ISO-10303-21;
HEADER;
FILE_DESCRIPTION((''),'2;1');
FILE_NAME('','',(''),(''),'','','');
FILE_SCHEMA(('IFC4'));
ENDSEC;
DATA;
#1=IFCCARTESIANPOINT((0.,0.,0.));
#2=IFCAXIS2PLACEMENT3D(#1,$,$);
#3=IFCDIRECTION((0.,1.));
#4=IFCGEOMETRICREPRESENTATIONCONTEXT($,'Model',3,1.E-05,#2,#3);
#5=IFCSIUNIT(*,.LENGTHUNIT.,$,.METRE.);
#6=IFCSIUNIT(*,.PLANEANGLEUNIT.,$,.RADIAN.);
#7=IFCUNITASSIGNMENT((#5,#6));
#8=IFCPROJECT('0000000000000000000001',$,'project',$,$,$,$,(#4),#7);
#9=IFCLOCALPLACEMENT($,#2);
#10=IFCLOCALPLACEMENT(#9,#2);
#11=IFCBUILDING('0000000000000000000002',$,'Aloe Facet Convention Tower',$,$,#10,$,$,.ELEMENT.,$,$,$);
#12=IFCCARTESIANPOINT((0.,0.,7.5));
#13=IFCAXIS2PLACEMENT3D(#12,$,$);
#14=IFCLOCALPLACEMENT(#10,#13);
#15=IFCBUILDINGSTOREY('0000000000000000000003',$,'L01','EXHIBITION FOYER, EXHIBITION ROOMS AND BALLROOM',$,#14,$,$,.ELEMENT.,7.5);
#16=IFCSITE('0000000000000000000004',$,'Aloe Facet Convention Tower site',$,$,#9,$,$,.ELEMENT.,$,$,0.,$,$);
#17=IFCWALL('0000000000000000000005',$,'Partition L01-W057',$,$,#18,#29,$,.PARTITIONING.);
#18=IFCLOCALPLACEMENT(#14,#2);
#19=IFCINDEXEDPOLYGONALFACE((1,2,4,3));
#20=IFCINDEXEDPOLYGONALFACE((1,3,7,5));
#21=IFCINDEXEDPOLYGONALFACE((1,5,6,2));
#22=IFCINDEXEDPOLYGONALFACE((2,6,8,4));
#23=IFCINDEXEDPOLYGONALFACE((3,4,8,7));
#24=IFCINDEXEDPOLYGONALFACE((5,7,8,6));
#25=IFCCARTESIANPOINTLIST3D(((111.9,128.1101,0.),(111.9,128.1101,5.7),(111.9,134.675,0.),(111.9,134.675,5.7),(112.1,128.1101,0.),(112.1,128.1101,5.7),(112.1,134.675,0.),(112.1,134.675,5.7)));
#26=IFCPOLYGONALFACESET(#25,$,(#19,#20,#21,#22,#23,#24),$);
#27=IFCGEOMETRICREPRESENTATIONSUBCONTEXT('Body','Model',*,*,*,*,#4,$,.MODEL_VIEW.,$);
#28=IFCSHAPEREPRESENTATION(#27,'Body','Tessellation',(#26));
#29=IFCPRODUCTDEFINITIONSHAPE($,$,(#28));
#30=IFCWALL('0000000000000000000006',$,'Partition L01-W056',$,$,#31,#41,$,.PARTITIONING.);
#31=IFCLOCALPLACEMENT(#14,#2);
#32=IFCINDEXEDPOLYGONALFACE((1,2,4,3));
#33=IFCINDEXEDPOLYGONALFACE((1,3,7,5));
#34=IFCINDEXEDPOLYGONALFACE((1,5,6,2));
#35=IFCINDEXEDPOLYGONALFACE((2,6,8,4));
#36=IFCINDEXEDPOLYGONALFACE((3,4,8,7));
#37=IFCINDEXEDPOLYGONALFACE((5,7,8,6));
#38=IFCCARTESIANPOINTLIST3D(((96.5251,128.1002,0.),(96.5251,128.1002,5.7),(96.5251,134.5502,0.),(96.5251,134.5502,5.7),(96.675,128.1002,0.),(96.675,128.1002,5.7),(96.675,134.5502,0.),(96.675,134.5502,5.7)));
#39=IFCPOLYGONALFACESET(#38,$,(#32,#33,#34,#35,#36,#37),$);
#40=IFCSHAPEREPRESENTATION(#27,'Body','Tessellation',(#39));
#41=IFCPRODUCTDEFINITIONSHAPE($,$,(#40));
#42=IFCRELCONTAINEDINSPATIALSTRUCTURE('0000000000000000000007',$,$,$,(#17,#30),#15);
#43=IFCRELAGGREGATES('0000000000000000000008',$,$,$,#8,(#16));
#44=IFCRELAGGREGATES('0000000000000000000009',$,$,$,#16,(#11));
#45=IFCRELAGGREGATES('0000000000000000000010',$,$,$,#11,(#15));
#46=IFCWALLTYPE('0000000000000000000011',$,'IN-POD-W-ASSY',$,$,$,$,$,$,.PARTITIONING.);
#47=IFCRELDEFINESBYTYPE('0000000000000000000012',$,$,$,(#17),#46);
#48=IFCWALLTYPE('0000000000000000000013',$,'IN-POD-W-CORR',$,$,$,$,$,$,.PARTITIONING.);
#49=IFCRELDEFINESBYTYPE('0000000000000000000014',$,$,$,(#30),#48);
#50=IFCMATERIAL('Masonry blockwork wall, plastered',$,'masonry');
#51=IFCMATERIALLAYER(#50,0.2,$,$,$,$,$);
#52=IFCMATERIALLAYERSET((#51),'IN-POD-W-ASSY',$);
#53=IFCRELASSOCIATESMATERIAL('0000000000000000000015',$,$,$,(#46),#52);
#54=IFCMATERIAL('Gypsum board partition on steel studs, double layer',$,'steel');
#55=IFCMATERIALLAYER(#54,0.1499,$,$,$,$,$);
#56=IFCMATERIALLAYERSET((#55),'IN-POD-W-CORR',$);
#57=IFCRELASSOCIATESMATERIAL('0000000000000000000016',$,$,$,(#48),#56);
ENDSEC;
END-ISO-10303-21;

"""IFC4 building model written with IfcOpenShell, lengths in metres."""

from ifc_helpers import new_model, si_unit, direction, frame, frame_2d, origin, place, context, subcontext, project, spatial, rectangle, extrude, material, layer, layer_set, type_object, element, save


model = new_model("IFC4")

# Units and contexts
model_context = context("Model", 3, precision=1e-05, world=origin(), true_north=direction((0.0, 1.0)))
body_context = subcontext(model_context, "Body", "Model", "MODEL_VIEW")
ifc_project = project(units=[si_unit("LENGTHUNIT", "METRE"), si_unit("PLANEANGLEUNIT", "RADIAN")], contexts=[model_context])

# Site, building, storey
site_placement = place(None, origin())
site = spatial("IfcSite", under=ifc_project, at=site_placement, Name="Aloe Facet Convention Tower site", CompositionType="ELEMENT", RefElevation=0.0)
building_placement = place(site_placement, origin())
building = spatial("IfcBuilding", under=site, at=building_placement, Name="Aloe Facet Convention Tower", CompositionType="ELEMENT")
storey_placement = place(building_placement, frame((0.0, 0.0, 7.5)))
storey = spatial("IfcBuildingStorey", under=building, at=storey_placement, Name="L01", Description="EXHIBITION FOYER, EXHIBITION ROOMS AND BALLROOM", CompositionType="ELEMENT", Elevation=7.5)

# Shared definitions
ifc_material_1 = material(Name="Masonry blockwork wall, plastered", Category="masonry")
ifc_layer_1 = layer(ifc_material_1, 0.2)
ifc_layer_set_1 = layer_set([ifc_layer_1], Name="IN-POD-W-ASSY")
wall_type_1 = type_object("IfcWallType", Name="IN-POD-W-ASSY", PredefinedType="PARTITIONING", material=ifc_layer_set_1)

# Walls
wall_1_placement = place(storey_placement, frame((112.0, 128.1101, 0.0), z_axis=(0.0, 0.0, 1.0), x_axis=(0.0, 1.0, 0.0)))
element("IfcWall", 1, at=wall_1_placement, inside=storey, type_object=wall_type_1, Name="Partition L01-W057", PredefinedType="PARTITIONING", context=body_context, shape_type="SweptSolid", body=[
    extrude(rectangle(XDim=6.5649, YDim=0.2, at=frame_2d((3.2825, 0.0))), origin(), (0.0, 0.0, 1.0), 5.7),
])
ifc_material_2 = material(Name="Gypsum board partition on steel studs, double layer", Category="steel")
ifc_layer_2 = layer(ifc_material_2, 0.1499)
ifc_layer_set_2 = layer_set([ifc_layer_2], Name="IN-POD-W-CORR")
wall_type_2 = type_object("IfcWallType", Name="IN-POD-W-CORR", PredefinedType="PARTITIONING", material=ifc_layer_set_2)
wall_2_placement = place(storey_placement, frame((96.6001, 128.1001, 0.0), z_axis=(0.0, 0.0, 1.0), x_axis=(0.0, 1.0, 0.0)))
element("IfcWall", 2, at=wall_2_placement, inside=storey, type_object=wall_type_2, Name="Partition L01-W056", PredefinedType="PARTITIONING", context=body_context, shape_type="SweptSolid", body=[
    extrude(rectangle(XDim=6.45, YDim=0.1499, at=frame_2d((3.2251, 0.0))), origin(), (0.0, 0.0, 1.0), 5.7),
])

save(model, "model.ifc")
